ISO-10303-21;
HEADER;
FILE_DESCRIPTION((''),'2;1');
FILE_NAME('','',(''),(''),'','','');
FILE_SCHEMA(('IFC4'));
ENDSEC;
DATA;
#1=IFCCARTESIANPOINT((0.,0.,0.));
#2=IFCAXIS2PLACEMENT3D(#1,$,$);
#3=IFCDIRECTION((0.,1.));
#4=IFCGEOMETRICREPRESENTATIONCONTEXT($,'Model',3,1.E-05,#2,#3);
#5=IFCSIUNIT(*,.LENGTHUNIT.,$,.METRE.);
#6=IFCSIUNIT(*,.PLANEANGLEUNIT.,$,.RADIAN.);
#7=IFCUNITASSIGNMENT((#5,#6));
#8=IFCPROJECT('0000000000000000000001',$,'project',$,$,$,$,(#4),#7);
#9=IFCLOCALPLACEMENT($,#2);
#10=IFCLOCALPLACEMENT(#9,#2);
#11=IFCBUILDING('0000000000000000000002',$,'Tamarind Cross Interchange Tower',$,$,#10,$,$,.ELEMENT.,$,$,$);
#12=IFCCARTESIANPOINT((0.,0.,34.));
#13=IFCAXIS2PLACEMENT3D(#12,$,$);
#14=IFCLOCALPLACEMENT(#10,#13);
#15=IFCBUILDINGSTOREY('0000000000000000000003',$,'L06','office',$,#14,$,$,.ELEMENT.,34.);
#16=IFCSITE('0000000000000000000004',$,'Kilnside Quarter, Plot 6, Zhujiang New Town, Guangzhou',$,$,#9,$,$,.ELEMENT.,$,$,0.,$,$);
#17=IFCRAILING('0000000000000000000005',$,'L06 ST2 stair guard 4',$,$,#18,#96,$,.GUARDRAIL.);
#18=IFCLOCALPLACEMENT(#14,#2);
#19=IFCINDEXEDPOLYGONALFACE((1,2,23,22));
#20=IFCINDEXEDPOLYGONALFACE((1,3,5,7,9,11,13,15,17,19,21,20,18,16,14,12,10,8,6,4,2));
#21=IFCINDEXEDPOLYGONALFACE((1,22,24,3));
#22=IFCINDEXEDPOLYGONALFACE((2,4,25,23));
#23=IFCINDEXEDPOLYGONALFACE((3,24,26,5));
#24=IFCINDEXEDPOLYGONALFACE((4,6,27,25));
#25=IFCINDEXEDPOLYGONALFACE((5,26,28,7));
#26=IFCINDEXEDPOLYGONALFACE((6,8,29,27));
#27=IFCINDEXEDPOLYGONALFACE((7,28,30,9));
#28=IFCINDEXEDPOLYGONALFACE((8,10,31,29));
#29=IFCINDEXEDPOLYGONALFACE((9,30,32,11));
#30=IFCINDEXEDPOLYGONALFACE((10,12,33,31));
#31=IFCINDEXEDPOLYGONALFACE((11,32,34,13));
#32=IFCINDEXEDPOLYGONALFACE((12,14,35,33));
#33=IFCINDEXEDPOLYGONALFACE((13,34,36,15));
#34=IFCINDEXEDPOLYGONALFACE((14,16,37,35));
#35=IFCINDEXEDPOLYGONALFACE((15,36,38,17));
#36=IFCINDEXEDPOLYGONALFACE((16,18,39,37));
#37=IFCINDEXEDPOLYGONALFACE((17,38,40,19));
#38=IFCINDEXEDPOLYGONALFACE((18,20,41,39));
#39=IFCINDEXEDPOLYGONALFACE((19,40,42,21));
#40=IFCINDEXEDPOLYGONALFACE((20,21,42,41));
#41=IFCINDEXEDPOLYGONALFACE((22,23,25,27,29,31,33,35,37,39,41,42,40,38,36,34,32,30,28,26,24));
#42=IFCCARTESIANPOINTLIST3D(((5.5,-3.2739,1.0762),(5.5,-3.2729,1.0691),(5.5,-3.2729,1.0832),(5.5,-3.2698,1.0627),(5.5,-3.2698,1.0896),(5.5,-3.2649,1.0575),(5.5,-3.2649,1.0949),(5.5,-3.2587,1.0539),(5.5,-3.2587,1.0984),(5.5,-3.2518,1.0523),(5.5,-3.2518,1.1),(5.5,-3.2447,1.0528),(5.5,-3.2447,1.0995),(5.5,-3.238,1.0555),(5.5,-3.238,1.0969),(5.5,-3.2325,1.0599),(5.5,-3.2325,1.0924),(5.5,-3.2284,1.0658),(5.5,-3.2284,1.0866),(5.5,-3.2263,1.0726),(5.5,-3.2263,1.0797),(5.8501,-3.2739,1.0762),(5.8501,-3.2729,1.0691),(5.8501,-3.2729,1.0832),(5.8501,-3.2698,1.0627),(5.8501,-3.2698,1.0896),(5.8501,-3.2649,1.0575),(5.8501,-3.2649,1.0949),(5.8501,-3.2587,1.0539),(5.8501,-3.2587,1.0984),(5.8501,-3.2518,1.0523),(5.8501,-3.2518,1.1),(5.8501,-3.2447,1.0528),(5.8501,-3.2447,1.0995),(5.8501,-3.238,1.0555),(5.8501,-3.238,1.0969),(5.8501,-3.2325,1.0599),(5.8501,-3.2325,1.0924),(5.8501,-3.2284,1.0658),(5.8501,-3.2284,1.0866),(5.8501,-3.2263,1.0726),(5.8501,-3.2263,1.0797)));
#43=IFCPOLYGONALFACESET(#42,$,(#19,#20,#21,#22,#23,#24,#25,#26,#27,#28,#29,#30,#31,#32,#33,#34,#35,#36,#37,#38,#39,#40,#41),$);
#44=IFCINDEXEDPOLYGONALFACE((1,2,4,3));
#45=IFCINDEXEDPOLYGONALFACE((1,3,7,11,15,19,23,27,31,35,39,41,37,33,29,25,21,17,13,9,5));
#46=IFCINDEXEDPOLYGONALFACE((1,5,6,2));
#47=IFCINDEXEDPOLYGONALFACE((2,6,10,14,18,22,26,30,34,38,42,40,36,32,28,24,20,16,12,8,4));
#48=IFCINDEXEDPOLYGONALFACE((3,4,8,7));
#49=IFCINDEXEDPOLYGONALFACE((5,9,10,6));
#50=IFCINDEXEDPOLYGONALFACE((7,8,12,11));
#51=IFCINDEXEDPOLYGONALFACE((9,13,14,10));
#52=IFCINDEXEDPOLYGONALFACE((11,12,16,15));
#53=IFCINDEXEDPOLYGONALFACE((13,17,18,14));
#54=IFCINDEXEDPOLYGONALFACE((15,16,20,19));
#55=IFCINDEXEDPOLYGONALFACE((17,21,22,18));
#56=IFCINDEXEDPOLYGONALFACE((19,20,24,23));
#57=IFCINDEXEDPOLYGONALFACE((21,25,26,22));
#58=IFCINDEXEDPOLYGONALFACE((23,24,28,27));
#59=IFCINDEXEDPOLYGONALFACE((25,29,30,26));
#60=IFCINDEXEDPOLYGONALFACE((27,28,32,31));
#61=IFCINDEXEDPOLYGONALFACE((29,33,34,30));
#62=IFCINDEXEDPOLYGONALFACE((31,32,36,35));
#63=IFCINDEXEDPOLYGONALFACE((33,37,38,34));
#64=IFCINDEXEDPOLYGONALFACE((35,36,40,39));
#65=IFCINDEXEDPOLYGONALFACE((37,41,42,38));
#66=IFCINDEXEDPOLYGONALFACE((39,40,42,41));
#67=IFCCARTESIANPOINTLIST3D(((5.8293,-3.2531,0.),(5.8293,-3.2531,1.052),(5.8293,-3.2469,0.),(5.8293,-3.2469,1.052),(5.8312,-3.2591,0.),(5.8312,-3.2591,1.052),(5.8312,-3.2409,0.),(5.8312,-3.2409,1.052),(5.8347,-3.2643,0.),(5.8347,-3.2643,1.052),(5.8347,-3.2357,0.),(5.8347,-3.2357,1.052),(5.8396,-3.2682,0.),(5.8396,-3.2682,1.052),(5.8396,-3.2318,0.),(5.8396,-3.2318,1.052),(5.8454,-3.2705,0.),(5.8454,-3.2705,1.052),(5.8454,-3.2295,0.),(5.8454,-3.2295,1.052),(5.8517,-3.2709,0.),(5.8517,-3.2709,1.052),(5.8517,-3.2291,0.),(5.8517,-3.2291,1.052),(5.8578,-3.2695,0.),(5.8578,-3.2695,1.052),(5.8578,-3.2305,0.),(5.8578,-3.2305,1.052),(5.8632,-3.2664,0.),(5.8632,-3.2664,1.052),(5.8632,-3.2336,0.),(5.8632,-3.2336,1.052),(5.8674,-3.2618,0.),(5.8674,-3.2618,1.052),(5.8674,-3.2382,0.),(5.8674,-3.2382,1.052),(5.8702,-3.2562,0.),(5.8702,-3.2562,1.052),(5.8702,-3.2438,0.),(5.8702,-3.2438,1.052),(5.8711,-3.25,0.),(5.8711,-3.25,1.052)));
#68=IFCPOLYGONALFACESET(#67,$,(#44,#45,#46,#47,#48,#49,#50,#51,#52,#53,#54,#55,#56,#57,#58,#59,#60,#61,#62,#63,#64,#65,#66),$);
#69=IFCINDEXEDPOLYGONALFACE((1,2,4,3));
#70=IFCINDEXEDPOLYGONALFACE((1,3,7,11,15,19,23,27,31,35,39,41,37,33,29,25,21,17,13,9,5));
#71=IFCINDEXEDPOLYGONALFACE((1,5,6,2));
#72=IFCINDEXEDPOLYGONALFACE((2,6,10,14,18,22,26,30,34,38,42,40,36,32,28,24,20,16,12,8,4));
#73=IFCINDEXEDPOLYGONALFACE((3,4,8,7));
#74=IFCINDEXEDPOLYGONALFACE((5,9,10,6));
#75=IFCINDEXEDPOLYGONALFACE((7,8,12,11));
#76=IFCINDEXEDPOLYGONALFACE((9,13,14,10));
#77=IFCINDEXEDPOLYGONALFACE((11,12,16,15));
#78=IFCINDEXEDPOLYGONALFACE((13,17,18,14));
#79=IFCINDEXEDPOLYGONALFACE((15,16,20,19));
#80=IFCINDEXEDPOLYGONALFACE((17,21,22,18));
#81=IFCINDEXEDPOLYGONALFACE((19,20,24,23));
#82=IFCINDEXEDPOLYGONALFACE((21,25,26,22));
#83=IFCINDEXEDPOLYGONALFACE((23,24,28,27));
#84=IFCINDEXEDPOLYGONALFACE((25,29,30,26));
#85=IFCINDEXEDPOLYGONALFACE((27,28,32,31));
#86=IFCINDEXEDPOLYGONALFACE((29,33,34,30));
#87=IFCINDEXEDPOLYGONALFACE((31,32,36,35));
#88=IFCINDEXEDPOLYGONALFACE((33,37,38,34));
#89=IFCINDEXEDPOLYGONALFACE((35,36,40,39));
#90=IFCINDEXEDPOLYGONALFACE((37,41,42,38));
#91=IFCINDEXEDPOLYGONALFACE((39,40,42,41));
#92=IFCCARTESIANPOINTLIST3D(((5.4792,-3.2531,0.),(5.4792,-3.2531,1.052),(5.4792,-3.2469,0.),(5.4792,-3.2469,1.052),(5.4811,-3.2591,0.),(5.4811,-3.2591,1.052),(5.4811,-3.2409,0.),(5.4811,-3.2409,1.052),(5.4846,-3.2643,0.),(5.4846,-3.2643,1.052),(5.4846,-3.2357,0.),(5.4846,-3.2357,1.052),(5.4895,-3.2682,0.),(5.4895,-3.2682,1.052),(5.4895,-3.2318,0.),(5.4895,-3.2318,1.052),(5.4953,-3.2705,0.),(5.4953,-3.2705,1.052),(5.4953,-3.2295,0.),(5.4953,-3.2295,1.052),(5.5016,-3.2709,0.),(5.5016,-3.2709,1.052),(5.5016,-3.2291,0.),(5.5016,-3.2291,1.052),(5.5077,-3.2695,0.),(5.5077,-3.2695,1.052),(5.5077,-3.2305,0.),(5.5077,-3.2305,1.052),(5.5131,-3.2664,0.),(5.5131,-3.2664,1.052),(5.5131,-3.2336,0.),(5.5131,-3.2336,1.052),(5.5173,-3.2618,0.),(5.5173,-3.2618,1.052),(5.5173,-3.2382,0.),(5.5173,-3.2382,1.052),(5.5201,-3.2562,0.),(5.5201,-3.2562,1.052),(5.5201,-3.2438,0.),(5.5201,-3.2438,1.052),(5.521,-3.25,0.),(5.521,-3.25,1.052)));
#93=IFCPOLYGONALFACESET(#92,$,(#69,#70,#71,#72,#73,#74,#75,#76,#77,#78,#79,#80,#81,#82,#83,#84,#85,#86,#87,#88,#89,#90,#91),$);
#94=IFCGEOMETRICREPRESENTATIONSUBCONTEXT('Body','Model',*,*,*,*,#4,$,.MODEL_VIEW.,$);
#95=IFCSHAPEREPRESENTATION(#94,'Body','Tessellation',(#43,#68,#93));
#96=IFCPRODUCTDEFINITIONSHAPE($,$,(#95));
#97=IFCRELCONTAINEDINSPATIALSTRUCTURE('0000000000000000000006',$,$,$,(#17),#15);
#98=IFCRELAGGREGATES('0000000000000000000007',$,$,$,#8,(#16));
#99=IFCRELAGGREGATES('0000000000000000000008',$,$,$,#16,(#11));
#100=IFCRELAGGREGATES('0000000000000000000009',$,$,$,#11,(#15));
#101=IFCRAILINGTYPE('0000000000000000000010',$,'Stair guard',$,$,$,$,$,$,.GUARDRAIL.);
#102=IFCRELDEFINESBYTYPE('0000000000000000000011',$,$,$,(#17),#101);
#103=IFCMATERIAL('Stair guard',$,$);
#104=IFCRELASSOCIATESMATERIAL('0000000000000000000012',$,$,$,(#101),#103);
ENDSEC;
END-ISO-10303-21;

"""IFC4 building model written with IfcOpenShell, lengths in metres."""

from ifc_helpers import new_model, si_unit, direction, frame, origin, origin_2d, place, context, subcontext, project, spatial, circle, extrude, material, type_object, element, save


model = new_model("IFC4")

# Units and contexts
model_context = context("Model", 3, precision=1e-05, world=origin(), true_north=direction((0.0, 1.0)))
body_context = subcontext(model_context, "Body", "Model", "MODEL_VIEW")
ifc_project = project(units=[si_unit("LENGTHUNIT", "METRE"), si_unit("PLANEANGLEUNIT", "RADIAN")], contexts=[model_context])

# Site, building, storey
site_placement = place(None, origin())
site = spatial("IfcSite", under=ifc_project, at=site_placement, Name="Kilnside Quarter, Plot 6, Zhujiang New Town, Guangzhou", CompositionType="ELEMENT", RefElevation=0.0)
building_placement = place(site_placement, origin())
building = spatial("IfcBuilding", under=site, at=building_placement, Name="Tamarind Cross Interchange Tower", CompositionType="ELEMENT")
storey_placement = place(building_placement, frame((0.0, 0.0, 34.0)))
storey = spatial("IfcBuildingStorey", under=building, at=storey_placement, Name="L06", Description="office", CompositionType="ELEMENT", Elevation=34.0)

# Railing
ifc_material_1 = material(Name="Stair guard")
railing_type_1 = type_object("IfcRailingType", Name="Stair guard", PredefinedType="GUARDRAIL", material=ifc_material_1)
railing_1_placement = place(storey_placement, frame((5.8501, -3.25, 0.0)))
element("IfcRailing", 1, at=railing_1_placement, inside=storey, type_object=railing_type_1, Name="L06 ST2 stair guard 4", PredefinedType="GUARDRAIL", context=body_context, shape_type="SweptSolid", body=[
    extrude(circle(Radius=0.0239, at=origin_2d()), frame((0.0, 0.0, 1.0762), z_axis=(-1.0, 0.0, 0.0), x_axis=(0.0, -1.0, 0.0)), (0.0, 0.0, 1.0), 0.3501),
    extrude(circle(Radius=0.021, at=origin_2d()), origin(), (0.0, 0.0, 1.0), 1.052),
    extrude(circle(Radius=0.021, at=origin_2d()), frame((-0.3501, 0.0, 0.0)), (0.0, 0.0, 1.0), 1.052),
])

save(model, "model.ifc")
